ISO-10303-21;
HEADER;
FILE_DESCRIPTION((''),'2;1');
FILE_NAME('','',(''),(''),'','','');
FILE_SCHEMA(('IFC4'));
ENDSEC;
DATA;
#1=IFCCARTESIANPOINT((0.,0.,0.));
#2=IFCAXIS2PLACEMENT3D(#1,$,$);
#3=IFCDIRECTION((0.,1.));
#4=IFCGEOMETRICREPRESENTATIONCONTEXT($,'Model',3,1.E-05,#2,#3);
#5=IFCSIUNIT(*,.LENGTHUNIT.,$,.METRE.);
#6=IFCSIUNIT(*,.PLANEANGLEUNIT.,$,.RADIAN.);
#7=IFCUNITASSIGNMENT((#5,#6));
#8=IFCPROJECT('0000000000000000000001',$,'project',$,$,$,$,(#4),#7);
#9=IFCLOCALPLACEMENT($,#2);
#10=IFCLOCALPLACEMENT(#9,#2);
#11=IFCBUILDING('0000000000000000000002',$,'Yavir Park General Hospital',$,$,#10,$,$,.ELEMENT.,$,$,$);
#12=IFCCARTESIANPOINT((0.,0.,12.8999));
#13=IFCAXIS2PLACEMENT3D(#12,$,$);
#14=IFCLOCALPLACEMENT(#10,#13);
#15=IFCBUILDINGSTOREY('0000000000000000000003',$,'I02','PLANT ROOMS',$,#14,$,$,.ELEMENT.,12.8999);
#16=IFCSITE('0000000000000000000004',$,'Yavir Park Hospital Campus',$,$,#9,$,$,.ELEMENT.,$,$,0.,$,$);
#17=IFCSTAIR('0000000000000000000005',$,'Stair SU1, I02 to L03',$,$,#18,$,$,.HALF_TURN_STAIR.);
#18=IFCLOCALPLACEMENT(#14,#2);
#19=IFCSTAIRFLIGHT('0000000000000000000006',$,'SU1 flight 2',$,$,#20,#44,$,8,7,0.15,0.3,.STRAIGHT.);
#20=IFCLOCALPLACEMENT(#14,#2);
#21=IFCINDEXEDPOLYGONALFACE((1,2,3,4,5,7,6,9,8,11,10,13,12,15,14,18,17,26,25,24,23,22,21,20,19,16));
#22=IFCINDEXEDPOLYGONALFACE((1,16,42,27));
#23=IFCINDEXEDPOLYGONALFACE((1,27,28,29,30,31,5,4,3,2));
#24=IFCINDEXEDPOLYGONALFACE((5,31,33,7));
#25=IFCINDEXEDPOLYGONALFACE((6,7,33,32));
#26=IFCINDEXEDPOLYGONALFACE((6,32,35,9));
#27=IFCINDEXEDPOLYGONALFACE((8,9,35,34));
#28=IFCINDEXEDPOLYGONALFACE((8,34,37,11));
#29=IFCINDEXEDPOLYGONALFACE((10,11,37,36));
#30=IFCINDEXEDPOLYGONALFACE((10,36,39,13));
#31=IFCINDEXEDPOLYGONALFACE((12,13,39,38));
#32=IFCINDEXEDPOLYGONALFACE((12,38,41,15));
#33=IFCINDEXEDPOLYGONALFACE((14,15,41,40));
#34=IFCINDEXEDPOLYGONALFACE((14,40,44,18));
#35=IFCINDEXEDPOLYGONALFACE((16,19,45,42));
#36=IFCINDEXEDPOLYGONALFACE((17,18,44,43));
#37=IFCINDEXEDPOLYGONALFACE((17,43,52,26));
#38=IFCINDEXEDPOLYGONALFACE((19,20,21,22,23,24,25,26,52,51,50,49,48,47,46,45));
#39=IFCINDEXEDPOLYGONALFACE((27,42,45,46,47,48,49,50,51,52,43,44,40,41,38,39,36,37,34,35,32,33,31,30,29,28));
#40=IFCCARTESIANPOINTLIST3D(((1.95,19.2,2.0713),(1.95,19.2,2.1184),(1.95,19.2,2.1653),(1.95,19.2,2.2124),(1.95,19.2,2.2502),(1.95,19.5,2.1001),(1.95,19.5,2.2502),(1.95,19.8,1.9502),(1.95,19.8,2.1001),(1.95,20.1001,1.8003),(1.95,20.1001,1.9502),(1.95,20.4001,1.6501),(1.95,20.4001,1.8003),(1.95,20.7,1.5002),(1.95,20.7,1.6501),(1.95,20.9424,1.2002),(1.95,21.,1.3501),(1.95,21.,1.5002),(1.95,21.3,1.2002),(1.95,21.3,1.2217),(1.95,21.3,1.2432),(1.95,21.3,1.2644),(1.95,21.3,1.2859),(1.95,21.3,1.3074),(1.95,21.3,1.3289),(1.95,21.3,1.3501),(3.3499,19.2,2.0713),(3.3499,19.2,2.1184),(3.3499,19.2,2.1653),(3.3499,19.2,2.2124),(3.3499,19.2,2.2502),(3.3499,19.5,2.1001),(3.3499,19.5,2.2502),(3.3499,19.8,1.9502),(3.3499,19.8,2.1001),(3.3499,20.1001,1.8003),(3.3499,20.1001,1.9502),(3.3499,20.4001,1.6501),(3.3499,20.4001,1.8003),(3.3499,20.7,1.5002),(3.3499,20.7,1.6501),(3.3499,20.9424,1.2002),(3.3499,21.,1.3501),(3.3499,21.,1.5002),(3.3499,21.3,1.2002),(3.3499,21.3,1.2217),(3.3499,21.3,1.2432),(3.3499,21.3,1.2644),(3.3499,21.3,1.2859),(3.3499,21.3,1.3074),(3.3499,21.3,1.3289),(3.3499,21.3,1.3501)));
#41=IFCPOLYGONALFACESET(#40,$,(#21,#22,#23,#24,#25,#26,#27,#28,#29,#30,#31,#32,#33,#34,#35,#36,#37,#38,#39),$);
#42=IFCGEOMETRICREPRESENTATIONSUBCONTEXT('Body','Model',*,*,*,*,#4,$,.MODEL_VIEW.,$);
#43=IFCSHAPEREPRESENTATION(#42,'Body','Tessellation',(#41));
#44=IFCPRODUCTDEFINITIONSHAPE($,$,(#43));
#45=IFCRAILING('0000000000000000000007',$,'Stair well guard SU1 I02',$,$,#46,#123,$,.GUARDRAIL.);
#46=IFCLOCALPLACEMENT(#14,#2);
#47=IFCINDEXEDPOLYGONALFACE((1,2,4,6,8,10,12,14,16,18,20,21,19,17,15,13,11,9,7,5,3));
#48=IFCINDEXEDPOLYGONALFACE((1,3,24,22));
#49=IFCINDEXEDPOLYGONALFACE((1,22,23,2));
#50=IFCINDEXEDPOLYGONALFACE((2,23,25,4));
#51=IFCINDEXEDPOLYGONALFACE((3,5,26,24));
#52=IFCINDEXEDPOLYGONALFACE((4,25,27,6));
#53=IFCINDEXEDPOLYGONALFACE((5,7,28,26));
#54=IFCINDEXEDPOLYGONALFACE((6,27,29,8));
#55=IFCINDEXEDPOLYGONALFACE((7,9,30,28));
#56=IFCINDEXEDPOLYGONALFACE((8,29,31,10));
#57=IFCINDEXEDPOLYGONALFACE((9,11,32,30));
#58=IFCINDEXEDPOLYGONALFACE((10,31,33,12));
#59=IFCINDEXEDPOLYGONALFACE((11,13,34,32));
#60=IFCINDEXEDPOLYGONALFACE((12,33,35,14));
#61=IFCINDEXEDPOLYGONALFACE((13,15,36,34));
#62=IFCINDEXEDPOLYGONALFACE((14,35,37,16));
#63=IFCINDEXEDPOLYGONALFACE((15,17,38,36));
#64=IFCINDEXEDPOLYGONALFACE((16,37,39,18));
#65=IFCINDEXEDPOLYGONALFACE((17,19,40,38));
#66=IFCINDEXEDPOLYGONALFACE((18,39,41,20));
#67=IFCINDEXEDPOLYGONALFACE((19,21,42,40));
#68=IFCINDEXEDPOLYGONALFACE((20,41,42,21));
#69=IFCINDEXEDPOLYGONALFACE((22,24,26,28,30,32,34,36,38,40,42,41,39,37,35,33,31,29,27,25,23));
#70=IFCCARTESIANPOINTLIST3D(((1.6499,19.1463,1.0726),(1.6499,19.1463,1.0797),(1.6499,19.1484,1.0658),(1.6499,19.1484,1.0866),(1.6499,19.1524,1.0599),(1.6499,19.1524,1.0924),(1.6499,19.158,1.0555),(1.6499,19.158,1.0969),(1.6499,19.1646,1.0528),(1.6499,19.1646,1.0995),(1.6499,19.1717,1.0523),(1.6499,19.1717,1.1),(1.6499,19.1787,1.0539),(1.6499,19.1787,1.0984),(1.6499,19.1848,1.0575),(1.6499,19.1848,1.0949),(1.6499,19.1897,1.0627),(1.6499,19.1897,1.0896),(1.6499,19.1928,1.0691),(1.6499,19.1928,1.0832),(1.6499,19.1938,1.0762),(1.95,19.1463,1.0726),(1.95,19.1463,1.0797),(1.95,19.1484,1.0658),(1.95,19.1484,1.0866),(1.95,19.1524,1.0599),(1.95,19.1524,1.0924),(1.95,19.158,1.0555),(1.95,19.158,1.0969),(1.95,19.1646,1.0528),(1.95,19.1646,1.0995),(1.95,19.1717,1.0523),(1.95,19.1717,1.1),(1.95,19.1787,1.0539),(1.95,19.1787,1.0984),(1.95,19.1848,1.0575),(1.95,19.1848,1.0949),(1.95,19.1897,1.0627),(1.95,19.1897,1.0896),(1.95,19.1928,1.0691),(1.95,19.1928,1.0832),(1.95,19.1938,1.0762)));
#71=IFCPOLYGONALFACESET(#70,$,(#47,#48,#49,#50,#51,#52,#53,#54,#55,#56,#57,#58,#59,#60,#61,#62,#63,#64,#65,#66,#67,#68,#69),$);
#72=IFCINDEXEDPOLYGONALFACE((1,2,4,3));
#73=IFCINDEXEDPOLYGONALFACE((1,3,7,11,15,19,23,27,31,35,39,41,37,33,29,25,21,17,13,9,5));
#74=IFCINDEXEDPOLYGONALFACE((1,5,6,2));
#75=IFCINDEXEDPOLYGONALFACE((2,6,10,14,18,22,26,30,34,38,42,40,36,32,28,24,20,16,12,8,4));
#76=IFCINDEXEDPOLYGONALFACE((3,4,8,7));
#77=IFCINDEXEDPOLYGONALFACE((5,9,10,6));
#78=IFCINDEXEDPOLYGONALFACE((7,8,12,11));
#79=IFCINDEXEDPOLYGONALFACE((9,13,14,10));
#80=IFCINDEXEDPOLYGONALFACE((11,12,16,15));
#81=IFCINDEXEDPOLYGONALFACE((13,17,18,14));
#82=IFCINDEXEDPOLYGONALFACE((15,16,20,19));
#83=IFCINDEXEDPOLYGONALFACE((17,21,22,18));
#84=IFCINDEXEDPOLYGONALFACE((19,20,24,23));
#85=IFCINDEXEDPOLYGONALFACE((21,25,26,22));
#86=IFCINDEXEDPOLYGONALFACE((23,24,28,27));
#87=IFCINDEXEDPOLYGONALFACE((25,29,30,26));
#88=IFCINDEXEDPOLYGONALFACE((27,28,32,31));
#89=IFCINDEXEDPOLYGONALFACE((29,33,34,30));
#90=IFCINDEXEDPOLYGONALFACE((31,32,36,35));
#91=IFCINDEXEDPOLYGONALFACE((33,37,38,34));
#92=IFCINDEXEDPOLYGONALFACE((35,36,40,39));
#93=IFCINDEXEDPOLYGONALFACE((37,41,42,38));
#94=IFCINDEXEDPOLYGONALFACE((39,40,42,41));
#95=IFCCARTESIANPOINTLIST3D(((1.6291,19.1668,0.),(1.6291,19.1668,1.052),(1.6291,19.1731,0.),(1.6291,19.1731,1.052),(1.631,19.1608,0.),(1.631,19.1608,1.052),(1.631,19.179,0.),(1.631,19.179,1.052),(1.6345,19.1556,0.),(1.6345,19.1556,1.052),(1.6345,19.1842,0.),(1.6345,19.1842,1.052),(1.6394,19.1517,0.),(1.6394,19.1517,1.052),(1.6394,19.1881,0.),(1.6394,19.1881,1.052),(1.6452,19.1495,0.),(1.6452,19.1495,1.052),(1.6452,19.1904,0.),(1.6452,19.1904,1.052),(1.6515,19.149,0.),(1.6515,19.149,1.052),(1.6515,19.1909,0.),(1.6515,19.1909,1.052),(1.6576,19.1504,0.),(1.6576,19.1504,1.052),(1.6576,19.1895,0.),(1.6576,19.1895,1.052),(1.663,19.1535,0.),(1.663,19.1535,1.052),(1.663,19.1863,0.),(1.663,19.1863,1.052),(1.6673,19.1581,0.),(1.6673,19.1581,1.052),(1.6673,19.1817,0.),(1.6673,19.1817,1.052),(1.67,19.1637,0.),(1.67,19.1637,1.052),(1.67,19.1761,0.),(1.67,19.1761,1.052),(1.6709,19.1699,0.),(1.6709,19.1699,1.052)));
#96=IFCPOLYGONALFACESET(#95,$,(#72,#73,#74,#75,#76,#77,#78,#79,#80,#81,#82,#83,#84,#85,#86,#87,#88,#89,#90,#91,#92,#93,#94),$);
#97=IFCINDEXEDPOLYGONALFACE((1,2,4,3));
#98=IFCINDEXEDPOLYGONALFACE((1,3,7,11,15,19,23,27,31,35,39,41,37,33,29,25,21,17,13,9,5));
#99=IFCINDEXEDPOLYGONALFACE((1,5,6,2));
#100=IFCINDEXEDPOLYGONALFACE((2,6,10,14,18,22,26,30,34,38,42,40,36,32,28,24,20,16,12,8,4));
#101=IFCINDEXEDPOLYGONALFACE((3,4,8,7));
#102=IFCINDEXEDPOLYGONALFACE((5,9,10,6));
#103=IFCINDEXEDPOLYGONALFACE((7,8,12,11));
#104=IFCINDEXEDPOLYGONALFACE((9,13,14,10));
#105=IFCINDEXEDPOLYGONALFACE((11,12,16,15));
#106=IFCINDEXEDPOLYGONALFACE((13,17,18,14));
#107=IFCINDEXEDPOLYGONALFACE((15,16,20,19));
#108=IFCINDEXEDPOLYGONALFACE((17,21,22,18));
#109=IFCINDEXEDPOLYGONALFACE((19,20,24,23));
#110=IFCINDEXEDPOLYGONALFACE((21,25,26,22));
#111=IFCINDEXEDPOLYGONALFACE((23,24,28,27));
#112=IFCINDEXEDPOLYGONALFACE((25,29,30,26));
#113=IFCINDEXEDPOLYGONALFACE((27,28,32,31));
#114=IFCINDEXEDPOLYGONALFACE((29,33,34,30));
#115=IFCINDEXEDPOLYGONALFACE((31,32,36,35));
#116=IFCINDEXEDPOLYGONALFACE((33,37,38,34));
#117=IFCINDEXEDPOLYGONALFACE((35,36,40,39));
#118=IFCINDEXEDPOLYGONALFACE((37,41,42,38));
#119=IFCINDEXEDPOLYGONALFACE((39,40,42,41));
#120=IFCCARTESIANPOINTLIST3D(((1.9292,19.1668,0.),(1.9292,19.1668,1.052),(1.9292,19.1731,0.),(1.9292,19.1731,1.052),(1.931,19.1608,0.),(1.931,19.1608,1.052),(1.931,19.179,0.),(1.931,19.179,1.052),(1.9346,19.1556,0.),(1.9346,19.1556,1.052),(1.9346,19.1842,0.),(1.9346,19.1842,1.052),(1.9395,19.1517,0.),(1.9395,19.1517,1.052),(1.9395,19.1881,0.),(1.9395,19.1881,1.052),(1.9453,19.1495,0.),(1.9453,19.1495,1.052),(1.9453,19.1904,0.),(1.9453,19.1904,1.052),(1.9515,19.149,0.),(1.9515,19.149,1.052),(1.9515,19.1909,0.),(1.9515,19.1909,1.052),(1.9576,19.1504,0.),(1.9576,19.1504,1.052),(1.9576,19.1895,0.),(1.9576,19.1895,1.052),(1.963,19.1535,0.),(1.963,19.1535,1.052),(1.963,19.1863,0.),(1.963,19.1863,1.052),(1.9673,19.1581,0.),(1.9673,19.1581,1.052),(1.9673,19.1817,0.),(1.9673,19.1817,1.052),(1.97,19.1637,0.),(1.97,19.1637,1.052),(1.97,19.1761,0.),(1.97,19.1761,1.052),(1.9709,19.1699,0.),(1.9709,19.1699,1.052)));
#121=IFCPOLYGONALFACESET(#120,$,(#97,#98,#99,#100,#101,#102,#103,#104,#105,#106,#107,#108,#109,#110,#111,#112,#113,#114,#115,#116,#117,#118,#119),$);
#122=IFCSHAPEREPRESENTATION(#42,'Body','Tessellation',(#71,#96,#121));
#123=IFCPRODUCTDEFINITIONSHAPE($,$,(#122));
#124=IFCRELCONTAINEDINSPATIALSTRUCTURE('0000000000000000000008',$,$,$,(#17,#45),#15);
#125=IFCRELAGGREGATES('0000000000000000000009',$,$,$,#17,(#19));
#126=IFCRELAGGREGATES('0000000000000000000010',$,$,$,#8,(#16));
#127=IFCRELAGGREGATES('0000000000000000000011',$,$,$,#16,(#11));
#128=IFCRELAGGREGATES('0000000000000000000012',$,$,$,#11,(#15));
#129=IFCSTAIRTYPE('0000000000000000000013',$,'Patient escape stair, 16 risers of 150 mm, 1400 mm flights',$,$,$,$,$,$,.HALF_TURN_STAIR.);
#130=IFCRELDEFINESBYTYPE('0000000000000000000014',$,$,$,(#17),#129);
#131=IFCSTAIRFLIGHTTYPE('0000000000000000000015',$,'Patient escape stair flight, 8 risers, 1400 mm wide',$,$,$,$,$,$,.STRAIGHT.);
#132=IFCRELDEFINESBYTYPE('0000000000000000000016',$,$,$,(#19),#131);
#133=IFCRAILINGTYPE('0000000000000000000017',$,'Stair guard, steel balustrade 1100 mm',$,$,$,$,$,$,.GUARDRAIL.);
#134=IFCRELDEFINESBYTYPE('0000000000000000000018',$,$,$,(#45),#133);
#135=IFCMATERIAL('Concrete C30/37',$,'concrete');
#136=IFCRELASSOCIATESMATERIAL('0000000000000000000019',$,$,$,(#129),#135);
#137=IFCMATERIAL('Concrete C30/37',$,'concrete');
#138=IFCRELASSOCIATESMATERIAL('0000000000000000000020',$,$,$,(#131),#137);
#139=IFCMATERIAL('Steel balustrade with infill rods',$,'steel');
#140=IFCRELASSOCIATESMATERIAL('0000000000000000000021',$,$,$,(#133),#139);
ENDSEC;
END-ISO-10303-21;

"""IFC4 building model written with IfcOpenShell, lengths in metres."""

from ifc_helpers import new_model, si_unit, direction, frame, origin, origin_2d, place, context, subcontext, project, spatial, polyline, circle, outline, extrude, material, type_object, element, aggregate, save


model = new_model("IFC4")

# Units and contexts
model_context = context("Model", 3, precision=1e-05, world=origin(), true_north=direction((0.0, 1.0)))
body_context = subcontext(model_context, "Body", "Model", "MODEL_VIEW")
ifc_project = project(units=[si_unit("LENGTHUNIT", "METRE"), si_unit("PLANEANGLEUNIT", "RADIAN")], contexts=[model_context])

# Site, building, storey
site_placement = place(None, origin())
site = spatial("IfcSite", under=ifc_project, at=site_placement, Name="Yavir Park Hospital Campus", CompositionType="ELEMENT", RefElevation=0.0)
building_placement = place(site_placement, origin())
building = spatial("IfcBuilding", under=site, at=building_placement, Name="Yavir Park General Hospital", CompositionType="ELEMENT")
storey_placement = place(building_placement, frame((0.0, 0.0, 12.8999)))
storey = spatial("IfcBuildingStorey", under=building, at=storey_placement, Name="I02", Description="PLANT ROOMS", CompositionType="ELEMENT", Elevation=12.8999)

# Stair, stair flight
ifc_material_1 = material(Name="Concrete C30/37", Category="concrete")
stair_type = type_object("IfcStairType", Name="Patient escape stair, 16 risers of 150 mm, 1400 mm flights", PredefinedType="HALF_TURN_STAIR", material=ifc_material_1)
stair_placement = place(storey_placement, origin())
stair = element("IfcStair", 1, at=stair_placement, inside=storey, type_object=stair_type, Name="Stair SU1, I02 to L03", PredefinedType="HALF_TURN_STAIR")
ifc_material_2 = material(Name="Concrete C30/37", Category="concrete")
stair_flight_type = type_object("IfcStairFlightType", Name="Patient escape stair flight, 8 risers, 1400 mm wide", PredefinedType="STRAIGHT", material=ifc_material_2)
stair_flight_1_placement = place(storey_placement, frame((2.6499, 21.3, 1.2002), z_axis=(0.0, 0.0, 1.0), x_axis=(0.0, -1.0, 0.0)))
stair_flight_1 = element("IfcStairFlight", 2, at=stair_flight_1_placement, type_object=stair_flight_type, Name="SU1 flight 2", NumberOfRisers=8, NumberOfTreads=7, PredefinedType="STRAIGHT", RiserHeight=0.15, TreadLength=0.3, context=body_context, shape_type="SweptSolid", body=[
    extrude(outline(polyline([(0.0, 0.0), (0.0, 0.0215), (0.0, 0.043), (0.0, 0.0642), (0.0, 0.0857), (0.0, 0.1072), (0.0, 0.1287), (0.0, 0.1499), (0.3, 0.1499), (0.3, 0.3), (0.6001, 0.3), (0.6001, 0.45), (0.8999, 0.45), (0.8999, 0.6001), (1.2, 0.6001), (1.2, 0.75), (1.5, 0.75), (1.5, 0.8999), (1.8, 0.8999), (1.8, 1.05), (2.1001, 1.05), (2.1001, 1.2), (2.1001, 1.1531), (2.1001, 1.106), (2.1001, 1.0591), (2.1001, 1.0122), (2.1001, 0.9651), (2.1001, 0.9182), (2.1001, 0.8711), (0.3577, 0.0), (0.0, 0.0)])), frame((0.0, 0.7, 0.0), z_axis=(0.0, -1.0, 0.0), x_axis=(1.0, 0.0, 0.0)), (0.0, 0.0, 1.0), 1.3999),
])
aggregate(stair, [stair_flight_1])

# Railing
ifc_material_3 = material(Name="Steel balustrade with infill rods", Category="steel")
railing_type_1 = type_object("IfcRailingType", Name="Stair guard, steel balustrade 1100 mm", PredefinedType="GUARDRAIL", material=ifc_material_3)
railing_placement = place(storey_placement, frame((1.6499, 19.1699, 0.0)))
element("IfcRailing", 3, at=railing_placement, inside=storey, type_object=railing_type_1, Name="Stair well guard SU1 I02", PredefinedType="GUARDRAIL", context=body_context, shape_type="SweptSolid", body=[
    extrude(circle(Radius=0.0239, at=origin_2d()), frame((0.0, 0.0, 1.0762), z_axis=(1.0, 0.0, 0.0), x_axis=(0.0, 1.0, 0.0)), (0.0, 0.0, 1.0), 0.3),
    extrude(circle(Radius=0.021, at=origin_2d()), origin(), (0.0, 0.0, 1.0), 1.052),
    extrude(circle(Radius=0.021, at=origin_2d()), frame((0.3, 0.0, 0.0)), (0.0, 0.0, 1.0), 1.052),
])

save(model, "model.ifc")
